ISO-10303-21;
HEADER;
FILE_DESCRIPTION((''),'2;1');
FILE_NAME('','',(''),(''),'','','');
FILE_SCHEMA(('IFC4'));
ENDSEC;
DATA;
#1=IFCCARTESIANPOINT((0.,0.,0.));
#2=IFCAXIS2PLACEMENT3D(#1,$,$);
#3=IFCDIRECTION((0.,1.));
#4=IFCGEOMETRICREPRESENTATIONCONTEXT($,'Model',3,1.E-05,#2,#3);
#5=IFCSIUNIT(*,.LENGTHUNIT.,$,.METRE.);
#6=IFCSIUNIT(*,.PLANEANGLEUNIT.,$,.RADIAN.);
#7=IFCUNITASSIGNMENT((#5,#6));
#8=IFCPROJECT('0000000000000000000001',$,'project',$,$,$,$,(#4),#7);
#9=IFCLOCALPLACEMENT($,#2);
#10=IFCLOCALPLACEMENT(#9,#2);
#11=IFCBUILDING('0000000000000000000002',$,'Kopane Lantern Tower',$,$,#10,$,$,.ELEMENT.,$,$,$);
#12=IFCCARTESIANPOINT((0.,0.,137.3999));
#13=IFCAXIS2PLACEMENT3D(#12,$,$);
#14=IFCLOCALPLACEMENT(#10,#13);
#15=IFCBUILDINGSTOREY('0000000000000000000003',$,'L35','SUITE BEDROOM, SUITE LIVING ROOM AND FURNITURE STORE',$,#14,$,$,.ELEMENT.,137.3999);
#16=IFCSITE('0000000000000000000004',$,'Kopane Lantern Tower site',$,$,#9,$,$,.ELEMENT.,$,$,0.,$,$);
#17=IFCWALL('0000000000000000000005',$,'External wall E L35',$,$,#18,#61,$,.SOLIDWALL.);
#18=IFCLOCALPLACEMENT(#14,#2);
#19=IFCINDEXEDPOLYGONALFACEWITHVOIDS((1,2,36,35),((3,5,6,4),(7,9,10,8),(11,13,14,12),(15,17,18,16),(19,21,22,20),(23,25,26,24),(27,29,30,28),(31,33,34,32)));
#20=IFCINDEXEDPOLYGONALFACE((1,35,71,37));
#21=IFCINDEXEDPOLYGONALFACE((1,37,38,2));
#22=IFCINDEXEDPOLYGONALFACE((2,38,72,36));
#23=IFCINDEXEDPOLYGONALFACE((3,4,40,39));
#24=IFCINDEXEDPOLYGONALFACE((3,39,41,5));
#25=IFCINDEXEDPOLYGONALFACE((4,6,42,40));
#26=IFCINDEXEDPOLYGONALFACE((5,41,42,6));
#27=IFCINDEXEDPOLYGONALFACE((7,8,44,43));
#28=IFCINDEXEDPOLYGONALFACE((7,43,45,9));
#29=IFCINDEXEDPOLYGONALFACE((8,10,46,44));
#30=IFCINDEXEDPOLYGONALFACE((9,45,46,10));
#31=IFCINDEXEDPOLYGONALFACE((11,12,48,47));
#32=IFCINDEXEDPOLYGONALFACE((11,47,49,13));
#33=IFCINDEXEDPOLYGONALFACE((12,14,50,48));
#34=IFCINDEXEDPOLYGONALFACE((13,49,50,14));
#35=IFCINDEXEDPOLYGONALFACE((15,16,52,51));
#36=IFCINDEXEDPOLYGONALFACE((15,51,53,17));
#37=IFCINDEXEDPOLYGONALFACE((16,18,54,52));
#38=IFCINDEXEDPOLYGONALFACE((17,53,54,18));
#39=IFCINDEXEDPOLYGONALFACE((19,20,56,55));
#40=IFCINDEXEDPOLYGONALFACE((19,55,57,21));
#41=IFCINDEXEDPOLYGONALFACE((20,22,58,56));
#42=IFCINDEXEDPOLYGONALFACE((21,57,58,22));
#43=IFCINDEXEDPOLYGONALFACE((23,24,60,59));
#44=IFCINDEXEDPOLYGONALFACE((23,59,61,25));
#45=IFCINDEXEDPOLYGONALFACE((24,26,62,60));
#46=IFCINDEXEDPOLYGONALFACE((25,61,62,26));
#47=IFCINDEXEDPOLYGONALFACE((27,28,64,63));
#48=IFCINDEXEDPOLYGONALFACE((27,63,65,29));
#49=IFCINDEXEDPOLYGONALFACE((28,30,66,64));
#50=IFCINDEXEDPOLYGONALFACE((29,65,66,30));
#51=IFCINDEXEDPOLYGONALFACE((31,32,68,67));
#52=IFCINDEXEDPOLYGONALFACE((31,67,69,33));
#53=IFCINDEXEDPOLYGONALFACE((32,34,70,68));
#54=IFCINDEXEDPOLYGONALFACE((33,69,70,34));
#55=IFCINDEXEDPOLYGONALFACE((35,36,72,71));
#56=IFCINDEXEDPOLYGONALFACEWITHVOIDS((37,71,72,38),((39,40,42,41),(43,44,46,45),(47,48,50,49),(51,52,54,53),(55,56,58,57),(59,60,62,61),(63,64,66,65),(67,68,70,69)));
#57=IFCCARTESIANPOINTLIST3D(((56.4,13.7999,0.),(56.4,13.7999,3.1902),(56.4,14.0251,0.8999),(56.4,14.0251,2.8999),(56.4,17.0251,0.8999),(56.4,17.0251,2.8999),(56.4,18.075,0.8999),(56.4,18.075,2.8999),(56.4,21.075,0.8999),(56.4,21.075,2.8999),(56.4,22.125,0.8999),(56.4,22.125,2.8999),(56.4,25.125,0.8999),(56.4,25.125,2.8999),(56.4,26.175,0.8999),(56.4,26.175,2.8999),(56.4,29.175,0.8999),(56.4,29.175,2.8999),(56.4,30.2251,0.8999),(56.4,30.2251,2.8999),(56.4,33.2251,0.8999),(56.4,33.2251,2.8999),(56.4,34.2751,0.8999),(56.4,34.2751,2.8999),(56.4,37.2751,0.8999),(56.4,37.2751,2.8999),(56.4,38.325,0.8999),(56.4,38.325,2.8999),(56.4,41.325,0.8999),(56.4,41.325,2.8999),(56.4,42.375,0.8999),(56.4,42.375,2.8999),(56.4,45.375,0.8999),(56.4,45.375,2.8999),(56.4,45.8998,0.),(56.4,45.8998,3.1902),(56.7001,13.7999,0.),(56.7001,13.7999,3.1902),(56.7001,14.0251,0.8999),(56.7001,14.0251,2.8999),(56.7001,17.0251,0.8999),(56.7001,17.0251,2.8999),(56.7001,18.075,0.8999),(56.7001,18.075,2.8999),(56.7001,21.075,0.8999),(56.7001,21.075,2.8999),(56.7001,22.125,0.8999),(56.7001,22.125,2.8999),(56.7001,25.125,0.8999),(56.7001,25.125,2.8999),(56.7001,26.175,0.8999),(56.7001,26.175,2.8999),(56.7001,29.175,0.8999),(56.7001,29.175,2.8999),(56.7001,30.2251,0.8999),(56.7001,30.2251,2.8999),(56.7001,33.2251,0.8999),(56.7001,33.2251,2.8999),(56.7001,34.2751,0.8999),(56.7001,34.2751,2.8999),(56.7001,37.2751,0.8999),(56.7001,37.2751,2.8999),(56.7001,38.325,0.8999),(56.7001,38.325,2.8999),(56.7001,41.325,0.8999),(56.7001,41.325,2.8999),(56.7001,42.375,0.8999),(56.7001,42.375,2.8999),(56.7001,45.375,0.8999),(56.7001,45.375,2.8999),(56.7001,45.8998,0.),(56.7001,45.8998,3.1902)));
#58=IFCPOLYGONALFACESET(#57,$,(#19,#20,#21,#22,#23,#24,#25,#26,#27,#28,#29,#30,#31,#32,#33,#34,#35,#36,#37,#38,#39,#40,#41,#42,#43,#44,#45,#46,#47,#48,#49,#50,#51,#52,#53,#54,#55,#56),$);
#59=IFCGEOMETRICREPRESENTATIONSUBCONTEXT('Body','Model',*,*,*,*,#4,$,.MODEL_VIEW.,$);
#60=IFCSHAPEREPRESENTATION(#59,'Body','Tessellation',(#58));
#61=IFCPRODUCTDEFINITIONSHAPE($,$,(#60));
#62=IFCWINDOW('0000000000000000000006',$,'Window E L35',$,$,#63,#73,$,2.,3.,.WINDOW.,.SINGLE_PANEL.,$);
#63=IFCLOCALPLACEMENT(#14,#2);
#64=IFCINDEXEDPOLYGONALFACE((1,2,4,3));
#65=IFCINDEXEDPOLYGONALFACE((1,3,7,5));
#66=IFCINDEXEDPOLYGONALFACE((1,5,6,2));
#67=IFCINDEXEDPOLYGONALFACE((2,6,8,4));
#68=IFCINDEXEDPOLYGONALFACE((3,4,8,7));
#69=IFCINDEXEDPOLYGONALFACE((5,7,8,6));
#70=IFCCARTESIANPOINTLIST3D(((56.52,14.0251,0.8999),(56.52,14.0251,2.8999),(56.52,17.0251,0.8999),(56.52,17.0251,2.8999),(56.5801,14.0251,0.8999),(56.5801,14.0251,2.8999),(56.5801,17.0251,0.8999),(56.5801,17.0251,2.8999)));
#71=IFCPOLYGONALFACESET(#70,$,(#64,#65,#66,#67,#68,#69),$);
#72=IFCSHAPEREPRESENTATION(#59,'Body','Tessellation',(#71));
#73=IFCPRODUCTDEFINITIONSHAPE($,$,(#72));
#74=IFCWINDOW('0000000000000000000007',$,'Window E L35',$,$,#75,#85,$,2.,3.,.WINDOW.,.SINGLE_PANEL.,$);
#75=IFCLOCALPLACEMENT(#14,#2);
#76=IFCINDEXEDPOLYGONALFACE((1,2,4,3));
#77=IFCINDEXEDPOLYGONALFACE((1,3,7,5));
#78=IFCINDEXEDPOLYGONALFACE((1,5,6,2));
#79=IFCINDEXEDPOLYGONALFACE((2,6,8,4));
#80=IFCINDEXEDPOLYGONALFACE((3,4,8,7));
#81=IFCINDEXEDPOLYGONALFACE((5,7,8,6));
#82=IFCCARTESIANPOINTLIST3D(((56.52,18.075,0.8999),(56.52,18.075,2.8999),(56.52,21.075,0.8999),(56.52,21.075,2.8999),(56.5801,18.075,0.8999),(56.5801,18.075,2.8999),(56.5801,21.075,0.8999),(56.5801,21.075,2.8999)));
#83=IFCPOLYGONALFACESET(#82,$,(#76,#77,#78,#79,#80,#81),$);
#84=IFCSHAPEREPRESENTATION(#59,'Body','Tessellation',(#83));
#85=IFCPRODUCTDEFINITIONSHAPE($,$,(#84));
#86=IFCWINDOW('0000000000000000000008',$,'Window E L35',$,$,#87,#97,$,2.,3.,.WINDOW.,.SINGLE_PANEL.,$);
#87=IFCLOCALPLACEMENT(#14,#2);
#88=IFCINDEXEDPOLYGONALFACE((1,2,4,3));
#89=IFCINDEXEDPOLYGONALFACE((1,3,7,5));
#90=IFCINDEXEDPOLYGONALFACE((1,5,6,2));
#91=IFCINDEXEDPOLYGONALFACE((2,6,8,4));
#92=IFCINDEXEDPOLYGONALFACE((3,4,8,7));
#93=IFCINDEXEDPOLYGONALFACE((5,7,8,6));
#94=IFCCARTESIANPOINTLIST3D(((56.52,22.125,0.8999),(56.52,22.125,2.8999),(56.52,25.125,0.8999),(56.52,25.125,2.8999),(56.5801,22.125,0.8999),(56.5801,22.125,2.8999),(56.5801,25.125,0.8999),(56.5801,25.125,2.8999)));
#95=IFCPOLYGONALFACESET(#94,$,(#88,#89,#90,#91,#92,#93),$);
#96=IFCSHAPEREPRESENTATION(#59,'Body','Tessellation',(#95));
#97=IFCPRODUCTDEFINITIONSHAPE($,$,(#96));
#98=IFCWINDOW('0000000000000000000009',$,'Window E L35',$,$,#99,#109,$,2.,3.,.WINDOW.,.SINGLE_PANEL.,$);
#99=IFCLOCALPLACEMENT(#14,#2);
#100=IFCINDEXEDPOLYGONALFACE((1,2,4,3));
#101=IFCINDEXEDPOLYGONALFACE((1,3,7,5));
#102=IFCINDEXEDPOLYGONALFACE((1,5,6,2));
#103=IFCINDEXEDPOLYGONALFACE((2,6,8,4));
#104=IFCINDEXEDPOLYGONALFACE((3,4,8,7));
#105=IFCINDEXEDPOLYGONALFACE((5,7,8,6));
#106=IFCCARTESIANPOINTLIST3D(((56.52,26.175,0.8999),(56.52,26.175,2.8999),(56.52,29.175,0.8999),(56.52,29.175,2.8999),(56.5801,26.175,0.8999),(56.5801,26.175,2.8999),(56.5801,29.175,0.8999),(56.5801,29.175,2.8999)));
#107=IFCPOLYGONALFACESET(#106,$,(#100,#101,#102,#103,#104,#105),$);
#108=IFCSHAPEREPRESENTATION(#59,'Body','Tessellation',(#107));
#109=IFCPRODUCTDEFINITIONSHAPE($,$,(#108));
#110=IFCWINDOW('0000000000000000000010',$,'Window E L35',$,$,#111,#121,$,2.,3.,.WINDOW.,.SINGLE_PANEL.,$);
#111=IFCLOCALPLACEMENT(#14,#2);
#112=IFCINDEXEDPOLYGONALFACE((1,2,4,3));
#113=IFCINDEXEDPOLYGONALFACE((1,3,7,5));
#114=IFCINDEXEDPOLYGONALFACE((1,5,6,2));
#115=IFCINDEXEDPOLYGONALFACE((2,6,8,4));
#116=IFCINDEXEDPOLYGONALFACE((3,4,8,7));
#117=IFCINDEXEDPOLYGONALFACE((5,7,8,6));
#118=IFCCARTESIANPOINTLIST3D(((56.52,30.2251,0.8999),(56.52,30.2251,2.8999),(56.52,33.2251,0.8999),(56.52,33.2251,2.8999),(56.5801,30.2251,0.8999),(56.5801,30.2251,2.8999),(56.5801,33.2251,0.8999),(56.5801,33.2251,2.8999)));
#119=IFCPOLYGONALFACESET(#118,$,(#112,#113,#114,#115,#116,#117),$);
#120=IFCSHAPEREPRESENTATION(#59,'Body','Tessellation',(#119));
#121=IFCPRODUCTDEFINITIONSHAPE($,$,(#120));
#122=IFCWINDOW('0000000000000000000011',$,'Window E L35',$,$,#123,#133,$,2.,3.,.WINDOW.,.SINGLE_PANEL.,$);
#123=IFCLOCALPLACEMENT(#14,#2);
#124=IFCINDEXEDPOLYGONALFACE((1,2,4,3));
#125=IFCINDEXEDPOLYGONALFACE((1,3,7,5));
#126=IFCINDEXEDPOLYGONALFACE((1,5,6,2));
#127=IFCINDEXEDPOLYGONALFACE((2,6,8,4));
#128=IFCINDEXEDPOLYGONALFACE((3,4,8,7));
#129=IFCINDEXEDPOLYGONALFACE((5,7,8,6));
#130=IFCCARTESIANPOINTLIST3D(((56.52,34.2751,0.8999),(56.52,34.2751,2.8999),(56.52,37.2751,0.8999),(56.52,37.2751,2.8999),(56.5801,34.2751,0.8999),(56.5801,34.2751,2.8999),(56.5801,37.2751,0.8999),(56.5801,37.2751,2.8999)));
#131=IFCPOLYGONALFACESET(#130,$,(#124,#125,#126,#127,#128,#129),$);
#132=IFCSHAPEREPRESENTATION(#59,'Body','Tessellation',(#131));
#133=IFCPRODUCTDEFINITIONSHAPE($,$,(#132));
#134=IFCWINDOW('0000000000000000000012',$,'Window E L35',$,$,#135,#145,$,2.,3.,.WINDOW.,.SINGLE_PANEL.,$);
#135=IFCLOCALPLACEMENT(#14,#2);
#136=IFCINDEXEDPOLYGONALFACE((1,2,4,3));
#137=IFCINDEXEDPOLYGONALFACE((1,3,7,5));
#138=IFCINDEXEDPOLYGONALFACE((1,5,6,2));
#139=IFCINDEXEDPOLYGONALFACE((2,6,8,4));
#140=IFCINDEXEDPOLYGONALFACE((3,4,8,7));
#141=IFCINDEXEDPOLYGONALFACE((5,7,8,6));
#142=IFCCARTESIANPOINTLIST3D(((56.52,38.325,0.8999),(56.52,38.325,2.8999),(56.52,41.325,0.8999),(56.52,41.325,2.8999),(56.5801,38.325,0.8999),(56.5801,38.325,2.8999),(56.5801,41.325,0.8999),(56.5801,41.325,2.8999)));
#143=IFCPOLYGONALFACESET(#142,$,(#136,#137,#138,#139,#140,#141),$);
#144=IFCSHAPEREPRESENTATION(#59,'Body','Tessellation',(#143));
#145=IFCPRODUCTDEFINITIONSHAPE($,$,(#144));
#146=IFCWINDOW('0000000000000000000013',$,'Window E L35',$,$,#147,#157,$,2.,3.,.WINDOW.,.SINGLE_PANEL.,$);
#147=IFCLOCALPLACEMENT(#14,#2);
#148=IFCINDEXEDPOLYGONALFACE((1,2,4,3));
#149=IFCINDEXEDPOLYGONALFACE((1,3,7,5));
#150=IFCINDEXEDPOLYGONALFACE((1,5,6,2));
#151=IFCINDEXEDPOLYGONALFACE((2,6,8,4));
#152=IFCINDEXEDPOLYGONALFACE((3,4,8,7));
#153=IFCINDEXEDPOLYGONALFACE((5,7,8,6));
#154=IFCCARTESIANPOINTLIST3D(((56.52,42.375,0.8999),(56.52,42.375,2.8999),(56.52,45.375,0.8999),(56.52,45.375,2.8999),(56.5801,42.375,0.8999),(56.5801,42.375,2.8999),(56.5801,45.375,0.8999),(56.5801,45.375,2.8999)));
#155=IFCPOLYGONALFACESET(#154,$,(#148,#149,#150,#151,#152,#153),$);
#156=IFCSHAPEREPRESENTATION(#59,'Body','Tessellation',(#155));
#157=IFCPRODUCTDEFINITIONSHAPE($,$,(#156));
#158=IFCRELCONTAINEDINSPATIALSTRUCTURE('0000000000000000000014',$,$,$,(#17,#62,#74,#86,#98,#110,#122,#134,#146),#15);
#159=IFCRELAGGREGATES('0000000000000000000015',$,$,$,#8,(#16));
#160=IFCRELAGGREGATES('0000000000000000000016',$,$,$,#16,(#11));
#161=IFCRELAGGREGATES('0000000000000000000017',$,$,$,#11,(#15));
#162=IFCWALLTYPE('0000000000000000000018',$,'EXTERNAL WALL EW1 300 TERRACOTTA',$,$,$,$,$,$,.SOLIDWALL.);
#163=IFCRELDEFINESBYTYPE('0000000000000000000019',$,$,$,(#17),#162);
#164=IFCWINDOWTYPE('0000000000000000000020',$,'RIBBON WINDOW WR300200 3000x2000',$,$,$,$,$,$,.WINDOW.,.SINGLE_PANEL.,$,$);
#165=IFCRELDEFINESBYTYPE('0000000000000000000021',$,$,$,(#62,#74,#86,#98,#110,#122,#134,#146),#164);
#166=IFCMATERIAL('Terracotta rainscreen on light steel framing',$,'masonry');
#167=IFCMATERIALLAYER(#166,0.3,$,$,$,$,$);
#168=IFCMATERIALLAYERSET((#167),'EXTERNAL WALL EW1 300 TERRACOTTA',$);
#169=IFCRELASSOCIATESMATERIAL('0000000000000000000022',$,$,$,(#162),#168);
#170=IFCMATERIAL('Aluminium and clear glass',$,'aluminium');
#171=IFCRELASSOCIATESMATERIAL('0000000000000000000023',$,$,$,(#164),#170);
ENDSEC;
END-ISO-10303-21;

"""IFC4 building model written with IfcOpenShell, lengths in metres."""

from ifc_helpers import new_model, si_unit, direction, frame, frame_2d, origin, place, context, subcontext, project, spatial, rectangle, extrude, material, layer, layer_set, type_object, element, fill, save


model = new_model("IFC4")

# Units and contexts
model_context = context("Model", 3, precision=1e-05, world=origin(), true_north=direction((0.0, 1.0)))
body_context = subcontext(model_context, "Body", "Model", "MODEL_VIEW")
ifc_project = project(units=[si_unit("LENGTHUNIT", "METRE"), si_unit("PLANEANGLEUNIT", "RADIAN")], contexts=[model_context])

# Site, building, storey
site_placement = place(None, origin())
site = spatial("IfcSite", under=ifc_project, at=site_placement, Name="Kopane Lantern Tower site", CompositionType="ELEMENT", RefElevation=0.0)
building_placement = place(site_placement, origin())
building = spatial("IfcBuilding", under=site, at=building_placement, Name="Kopane Lantern Tower", CompositionType="ELEMENT")
storey_placement = place(building_placement, frame((0.0, 0.0, 137.3999)))
storey = spatial("IfcBuildingStorey", under=building, at=storey_placement, Name="L35", Description="SUITE BEDROOM, SUITE LIVING ROOM AND FURNITURE STORE", CompositionType="ELEMENT", Elevation=137.3999)

# Shared definitions
ifc_material_1 = material(Name="Terracotta rainscreen on light steel framing", Category="masonry")
ifc_layer = layer(ifc_material_1, 0.3)
ifc_layer_set = layer_set([ifc_layer], Name="EXTERNAL WALL EW1 300 TERRACOTTA")
wall_type = type_object("IfcWallType", Name="EXTERNAL WALL EW1 300 TERRACOTTA", PredefinedType="SOLIDWALL", material=ifc_layer_set)

# Wall, openings, windows
wall_1_placement = place(storey_placement, frame((56.55, 13.8, 0.0), z_axis=(0.0, 0.0, 1.0), x_axis=(0.0, 1.0, 0.0)))
wall_1 = element("IfcWall", 1, at=wall_1_placement, inside=storey, type_object=wall_type, Name="External wall E L35", PredefinedType="SOLIDWALL", context=body_context, shape_type="SweptSolid", body=[
    extrude(rectangle(XDim=32.0999, YDim=0.3, at=frame_2d((16.0498, 0.0))), origin(), (0.0, 0.0, 1.0), 3.1902),
])
opening_1_placement = place(wall_1_placement, frame((0.2251, 0.0, 0.8999)))
opening_1 = element("IfcOpeningElement", 2, at=opening_1_placement, cuts=wall_1, PredefinedType="OPENING", context=body_context, shape_type="SweptSolid", body=[
    extrude(rectangle(XDim=3.0, YDim=2.0, at=frame_2d((1.5, 1.0))), frame((0.0, 0.1599, 0.0), z_axis=(0.0, -1.0, 0.0), x_axis=(1.0, 0.0, 0.0)), (0.0, 0.0, 1.0), 0.3201),
])
opening_2_placement = place(wall_1_placement, frame((4.2749, 0.0, 0.8999)))
opening_2 = element("IfcOpeningElement", 3, at=opening_2_placement, cuts=wall_1, PredefinedType="OPENING", context=body_context, shape_type="SweptSolid", body=[
    extrude(rectangle(XDim=3.0, YDim=2.0, at=frame_2d((1.5, 1.0))), frame((0.0, 0.1599, 0.0), z_axis=(0.0, -1.0, 0.0), x_axis=(1.0, 0.0, 0.0)), (0.0, 0.0, 1.0), 0.3201),
])
opening_3_placement = place(wall_1_placement, frame((8.325, 0.0, 0.8999)))
opening_3 = element("IfcOpeningElement", 4, at=opening_3_placement, cuts=wall_1, PredefinedType="OPENING", context=body_context, shape_type="SweptSolid", body=[
    extrude(rectangle(XDim=3.0, YDim=2.0, at=frame_2d((1.5, 1.0))), frame((0.0, 0.1599, 0.0), z_axis=(0.0, -1.0, 0.0), x_axis=(1.0, 0.0, 0.0)), (0.0, 0.0, 1.0), 0.3201),
])
opening_4_placement = place(wall_1_placement, frame((12.375, 0.0, 0.8999)))
opening_4 = element("IfcOpeningElement", 5, at=opening_4_placement, cuts=wall_1, PredefinedType="OPENING", context=body_context, shape_type="SweptSolid", body=[
    extrude(rectangle(XDim=3.0, YDim=2.0, at=frame_2d((1.5, 1.0))), frame((0.0, 0.1599, 0.0), z_axis=(0.0, -1.0, 0.0), x_axis=(1.0, 0.0, 0.0)), (0.0, 0.0, 1.0), 0.3201),
])
opening_5_placement = place(wall_1_placement, frame((16.425, 0.0, 0.8999)))
opening_5 = element("IfcOpeningElement", 6, at=opening_5_placement, cuts=wall_1, PredefinedType="OPENING", context=body_context, shape_type="SweptSolid", body=[
    extrude(rectangle(XDim=3.0, YDim=2.0, at=frame_2d((1.5, 1.0))), frame((0.0, 0.1599, 0.0), z_axis=(0.0, -1.0, 0.0), x_axis=(1.0, 0.0, 0.0)), (0.0, 0.0, 1.0), 0.3201),
])
opening_6_placement = place(wall_1_placement, frame((20.4751, 0.0, 0.8999)))
opening_6 = element("IfcOpeningElement", 7, at=opening_6_placement, cuts=wall_1, PredefinedType="OPENING", context=body_context, shape_type="SweptSolid", body=[
    extrude(rectangle(XDim=3.0, YDim=2.0, at=frame_2d((1.5, 1.0))), frame((0.0, 0.1599, 0.0), z_axis=(0.0, -1.0, 0.0), x_axis=(1.0, 0.0, 0.0)), (0.0, 0.0, 1.0), 0.3201),
])
opening_7_placement = place(wall_1_placement, frame((24.5249, 0.0, 0.8999)))
opening_7 = element("IfcOpeningElement", 8, at=opening_7_placement, cuts=wall_1, PredefinedType="OPENING", context=body_context, shape_type="SweptSolid", body=[
    extrude(rectangle(XDim=3.0, YDim=2.0, at=frame_2d((1.5, 1.0))), frame((0.0, 0.1599, 0.0), z_axis=(0.0, -1.0, 0.0), x_axis=(1.0, 0.0, 0.0)), (0.0, 0.0, 1.0), 0.3201),
])
opening_8_placement = place(wall_1_placement, frame((28.575, 0.0, 0.8999)))
opening_8 = element("IfcOpeningElement", 9, at=opening_8_placement, cuts=wall_1, PredefinedType="OPENING", context=body_context, shape_type="SweptSolid", body=[
    extrude(rectangle(XDim=3.0, YDim=2.0, at=frame_2d((1.5, 1.0))), frame((0.0, 0.1599, 0.0), z_axis=(0.0, -1.0, 0.0), x_axis=(1.0, 0.0, 0.0)), (0.0, 0.0, 1.0), 0.3201),
])
ifc_material_2 = material(Name="Aluminium and clear glass", Category="aluminium")
window_type_1 = type_object("IfcWindowType", Name="RIBBON WINDOW WR300200 3000x2000", PartitioningType="SINGLE_PANEL", PredefinedType="WINDOW", material=ifc_material_2)
window_1_placement = place(opening_1_placement, origin())
window_1 = element("IfcWindow", 10, at=window_1_placement, inside=storey, type_object=window_type_1, Name="Window E L35", OverallHeight=2.0, OverallWidth=3.0, PartitioningType="SINGLE_PANEL", PredefinedType="WINDOW", context=body_context, shape_type="SweptSolid", body=[
    extrude(rectangle(XDim=3.0, YDim=2.0, at=frame_2d((1.5, 1.0))), frame((0.0, 0.03, 0.0), z_axis=(0.0, -1.0, 0.0), x_axis=(1.0, 0.0, 0.0)), (0.0, 0.0, 1.0), 0.0601),
])
fill(opening_1, window_1)
window_2_placement = place(opening_2_placement, origin())
window_2 = element("IfcWindow", 11, at=window_2_placement, inside=storey, type_object=window_type_1, Name="Window E L35", OverallHeight=2.0, OverallWidth=3.0, PartitioningType="SINGLE_PANEL", PredefinedType="WINDOW", context=body_context, shape_type="SweptSolid", body=[
    extrude(rectangle(XDim=3.0, YDim=2.0, at=frame_2d((1.5, 1.0))), frame((0.0, 0.03, 0.0), z_axis=(0.0, -1.0, 0.0), x_axis=(1.0, 0.0, 0.0)), (0.0, 0.0, 1.0), 0.0601),
])
fill(opening_2, window_2)
window_3_placement = place(opening_3_placement, origin())
window_3 = element("IfcWindow", 12, at=window_3_placement, inside=storey, type_object=window_type_1, Name="Window E L35", OverallHeight=2.0, OverallWidth=3.0, PartitioningType="SINGLE_PANEL", PredefinedType="WINDOW", context=body_context, shape_type="SweptSolid", body=[
    extrude(rectangle(XDim=3.0, YDim=2.0, at=frame_2d((1.5, 1.0))), frame((0.0, 0.03, 0.0), z_axis=(0.0, -1.0, 0.0), x_axis=(1.0, 0.0, 0.0)), (0.0, 0.0, 1.0), 0.0601),
])
fill(opening_3, window_3)
window_4_placement = place(opening_4_placement, origin())
window_4 = element("IfcWindow", 13, at=window_4_placement, inside=storey, type_object=window_type_1, Name="Window E L35", OverallHeight=2.0, OverallWidth=3.0, PartitioningType="SINGLE_PANEL", PredefinedType="WINDOW", context=body_context, shape_type="SweptSolid", body=[
    extrude(rectangle(XDim=3.0, YDim=2.0, at=frame_2d((1.5, 1.0))), frame((0.0, 0.03, 0.0), z_axis=(0.0, -1.0, 0.0), x_axis=(1.0, 0.0, 0.0)), (0.0, 0.0, 1.0), 0.0601),
])
fill(opening_4, window_4)
window_5_placement = place(opening_5_placement, origin())
window_5 = element("IfcWindow", 14, at=window_5_placement, inside=storey, type_object=window_type_1, Name="Window E L35", OverallHeight=2.0, OverallWidth=3.0, PartitioningType="SINGLE_PANEL", PredefinedType="WINDOW", context=body_context, shape_type="SweptSolid", body=[
    extrude(rectangle(XDim=3.0, YDim=2.0, at=frame_2d((1.5, 1.0))), frame((0.0, 0.03, 0.0), z_axis=(0.0, -1.0, 0.0), x_axis=(1.0, 0.0, 0.0)), (0.0, 0.0, 1.0), 0.0601),
])
fill(opening_5, window_5)
window_6_placement = place(opening_6_placement, origin())
window_6 = element("IfcWindow", 15, at=window_6_placement, inside=storey, type_object=window_type_1, Name="Window E L35", OverallHeight=2.0, OverallWidth=3.0, PartitioningType="SINGLE_PANEL", PredefinedType="WINDOW", context=body_context, shape_type="SweptSolid", body=[
    extrude(rectangle(XDim=3.0, YDim=2.0, at=frame_2d((1.5, 1.0))), frame((0.0, 0.03, 0.0), z_axis=(0.0, -1.0, 0.0), x_axis=(1.0, 0.0, 0.0)), (0.0, 0.0, 1.0), 0.0601),
])
fill(opening_6, window_6)
window_7_placement = place(opening_7_placement, origin())
window_7 = element("IfcWindow", 16, at=window_7_placement, inside=storey, type_object=window_type_1, Name="Window E L35", OverallHeight=2.0, OverallWidth=3.0, PartitioningType="SINGLE_PANEL", PredefinedType="WINDOW", context=body_context, shape_type="SweptSolid", body=[
    extrude(rectangle(XDim=3.0, YDim=2.0, at=frame_2d((1.5, 1.0))), frame((0.0, 0.03, 0.0), z_axis=(0.0, -1.0, 0.0), x_axis=(1.0, 0.0, 0.0)), (0.0, 0.0, 1.0), 0.0601),
])
fill(opening_7, window_7)
window_8_placement = place(opening_8_placement, origin())
window_8 = element("IfcWindow", 17, at=window_8_placement, inside=storey, type_object=window_type_1, Name="Window E L35", OverallHeight=2.0, OverallWidth=3.0, PartitioningType="SINGLE_PANEL", PredefinedType="WINDOW", context=body_context, shape_type="SweptSolid", body=[
    extrude(rectangle(XDim=3.0, YDim=2.0, at=frame_2d((1.5, 1.0))), frame((0.0, 0.03, 0.0), z_axis=(0.0, -1.0, 0.0), x_axis=(1.0, 0.0, 0.0)), (0.0, 0.0, 1.0), 0.0601),
])
fill(opening_8, window_8)

save(model, "model.ifc")
